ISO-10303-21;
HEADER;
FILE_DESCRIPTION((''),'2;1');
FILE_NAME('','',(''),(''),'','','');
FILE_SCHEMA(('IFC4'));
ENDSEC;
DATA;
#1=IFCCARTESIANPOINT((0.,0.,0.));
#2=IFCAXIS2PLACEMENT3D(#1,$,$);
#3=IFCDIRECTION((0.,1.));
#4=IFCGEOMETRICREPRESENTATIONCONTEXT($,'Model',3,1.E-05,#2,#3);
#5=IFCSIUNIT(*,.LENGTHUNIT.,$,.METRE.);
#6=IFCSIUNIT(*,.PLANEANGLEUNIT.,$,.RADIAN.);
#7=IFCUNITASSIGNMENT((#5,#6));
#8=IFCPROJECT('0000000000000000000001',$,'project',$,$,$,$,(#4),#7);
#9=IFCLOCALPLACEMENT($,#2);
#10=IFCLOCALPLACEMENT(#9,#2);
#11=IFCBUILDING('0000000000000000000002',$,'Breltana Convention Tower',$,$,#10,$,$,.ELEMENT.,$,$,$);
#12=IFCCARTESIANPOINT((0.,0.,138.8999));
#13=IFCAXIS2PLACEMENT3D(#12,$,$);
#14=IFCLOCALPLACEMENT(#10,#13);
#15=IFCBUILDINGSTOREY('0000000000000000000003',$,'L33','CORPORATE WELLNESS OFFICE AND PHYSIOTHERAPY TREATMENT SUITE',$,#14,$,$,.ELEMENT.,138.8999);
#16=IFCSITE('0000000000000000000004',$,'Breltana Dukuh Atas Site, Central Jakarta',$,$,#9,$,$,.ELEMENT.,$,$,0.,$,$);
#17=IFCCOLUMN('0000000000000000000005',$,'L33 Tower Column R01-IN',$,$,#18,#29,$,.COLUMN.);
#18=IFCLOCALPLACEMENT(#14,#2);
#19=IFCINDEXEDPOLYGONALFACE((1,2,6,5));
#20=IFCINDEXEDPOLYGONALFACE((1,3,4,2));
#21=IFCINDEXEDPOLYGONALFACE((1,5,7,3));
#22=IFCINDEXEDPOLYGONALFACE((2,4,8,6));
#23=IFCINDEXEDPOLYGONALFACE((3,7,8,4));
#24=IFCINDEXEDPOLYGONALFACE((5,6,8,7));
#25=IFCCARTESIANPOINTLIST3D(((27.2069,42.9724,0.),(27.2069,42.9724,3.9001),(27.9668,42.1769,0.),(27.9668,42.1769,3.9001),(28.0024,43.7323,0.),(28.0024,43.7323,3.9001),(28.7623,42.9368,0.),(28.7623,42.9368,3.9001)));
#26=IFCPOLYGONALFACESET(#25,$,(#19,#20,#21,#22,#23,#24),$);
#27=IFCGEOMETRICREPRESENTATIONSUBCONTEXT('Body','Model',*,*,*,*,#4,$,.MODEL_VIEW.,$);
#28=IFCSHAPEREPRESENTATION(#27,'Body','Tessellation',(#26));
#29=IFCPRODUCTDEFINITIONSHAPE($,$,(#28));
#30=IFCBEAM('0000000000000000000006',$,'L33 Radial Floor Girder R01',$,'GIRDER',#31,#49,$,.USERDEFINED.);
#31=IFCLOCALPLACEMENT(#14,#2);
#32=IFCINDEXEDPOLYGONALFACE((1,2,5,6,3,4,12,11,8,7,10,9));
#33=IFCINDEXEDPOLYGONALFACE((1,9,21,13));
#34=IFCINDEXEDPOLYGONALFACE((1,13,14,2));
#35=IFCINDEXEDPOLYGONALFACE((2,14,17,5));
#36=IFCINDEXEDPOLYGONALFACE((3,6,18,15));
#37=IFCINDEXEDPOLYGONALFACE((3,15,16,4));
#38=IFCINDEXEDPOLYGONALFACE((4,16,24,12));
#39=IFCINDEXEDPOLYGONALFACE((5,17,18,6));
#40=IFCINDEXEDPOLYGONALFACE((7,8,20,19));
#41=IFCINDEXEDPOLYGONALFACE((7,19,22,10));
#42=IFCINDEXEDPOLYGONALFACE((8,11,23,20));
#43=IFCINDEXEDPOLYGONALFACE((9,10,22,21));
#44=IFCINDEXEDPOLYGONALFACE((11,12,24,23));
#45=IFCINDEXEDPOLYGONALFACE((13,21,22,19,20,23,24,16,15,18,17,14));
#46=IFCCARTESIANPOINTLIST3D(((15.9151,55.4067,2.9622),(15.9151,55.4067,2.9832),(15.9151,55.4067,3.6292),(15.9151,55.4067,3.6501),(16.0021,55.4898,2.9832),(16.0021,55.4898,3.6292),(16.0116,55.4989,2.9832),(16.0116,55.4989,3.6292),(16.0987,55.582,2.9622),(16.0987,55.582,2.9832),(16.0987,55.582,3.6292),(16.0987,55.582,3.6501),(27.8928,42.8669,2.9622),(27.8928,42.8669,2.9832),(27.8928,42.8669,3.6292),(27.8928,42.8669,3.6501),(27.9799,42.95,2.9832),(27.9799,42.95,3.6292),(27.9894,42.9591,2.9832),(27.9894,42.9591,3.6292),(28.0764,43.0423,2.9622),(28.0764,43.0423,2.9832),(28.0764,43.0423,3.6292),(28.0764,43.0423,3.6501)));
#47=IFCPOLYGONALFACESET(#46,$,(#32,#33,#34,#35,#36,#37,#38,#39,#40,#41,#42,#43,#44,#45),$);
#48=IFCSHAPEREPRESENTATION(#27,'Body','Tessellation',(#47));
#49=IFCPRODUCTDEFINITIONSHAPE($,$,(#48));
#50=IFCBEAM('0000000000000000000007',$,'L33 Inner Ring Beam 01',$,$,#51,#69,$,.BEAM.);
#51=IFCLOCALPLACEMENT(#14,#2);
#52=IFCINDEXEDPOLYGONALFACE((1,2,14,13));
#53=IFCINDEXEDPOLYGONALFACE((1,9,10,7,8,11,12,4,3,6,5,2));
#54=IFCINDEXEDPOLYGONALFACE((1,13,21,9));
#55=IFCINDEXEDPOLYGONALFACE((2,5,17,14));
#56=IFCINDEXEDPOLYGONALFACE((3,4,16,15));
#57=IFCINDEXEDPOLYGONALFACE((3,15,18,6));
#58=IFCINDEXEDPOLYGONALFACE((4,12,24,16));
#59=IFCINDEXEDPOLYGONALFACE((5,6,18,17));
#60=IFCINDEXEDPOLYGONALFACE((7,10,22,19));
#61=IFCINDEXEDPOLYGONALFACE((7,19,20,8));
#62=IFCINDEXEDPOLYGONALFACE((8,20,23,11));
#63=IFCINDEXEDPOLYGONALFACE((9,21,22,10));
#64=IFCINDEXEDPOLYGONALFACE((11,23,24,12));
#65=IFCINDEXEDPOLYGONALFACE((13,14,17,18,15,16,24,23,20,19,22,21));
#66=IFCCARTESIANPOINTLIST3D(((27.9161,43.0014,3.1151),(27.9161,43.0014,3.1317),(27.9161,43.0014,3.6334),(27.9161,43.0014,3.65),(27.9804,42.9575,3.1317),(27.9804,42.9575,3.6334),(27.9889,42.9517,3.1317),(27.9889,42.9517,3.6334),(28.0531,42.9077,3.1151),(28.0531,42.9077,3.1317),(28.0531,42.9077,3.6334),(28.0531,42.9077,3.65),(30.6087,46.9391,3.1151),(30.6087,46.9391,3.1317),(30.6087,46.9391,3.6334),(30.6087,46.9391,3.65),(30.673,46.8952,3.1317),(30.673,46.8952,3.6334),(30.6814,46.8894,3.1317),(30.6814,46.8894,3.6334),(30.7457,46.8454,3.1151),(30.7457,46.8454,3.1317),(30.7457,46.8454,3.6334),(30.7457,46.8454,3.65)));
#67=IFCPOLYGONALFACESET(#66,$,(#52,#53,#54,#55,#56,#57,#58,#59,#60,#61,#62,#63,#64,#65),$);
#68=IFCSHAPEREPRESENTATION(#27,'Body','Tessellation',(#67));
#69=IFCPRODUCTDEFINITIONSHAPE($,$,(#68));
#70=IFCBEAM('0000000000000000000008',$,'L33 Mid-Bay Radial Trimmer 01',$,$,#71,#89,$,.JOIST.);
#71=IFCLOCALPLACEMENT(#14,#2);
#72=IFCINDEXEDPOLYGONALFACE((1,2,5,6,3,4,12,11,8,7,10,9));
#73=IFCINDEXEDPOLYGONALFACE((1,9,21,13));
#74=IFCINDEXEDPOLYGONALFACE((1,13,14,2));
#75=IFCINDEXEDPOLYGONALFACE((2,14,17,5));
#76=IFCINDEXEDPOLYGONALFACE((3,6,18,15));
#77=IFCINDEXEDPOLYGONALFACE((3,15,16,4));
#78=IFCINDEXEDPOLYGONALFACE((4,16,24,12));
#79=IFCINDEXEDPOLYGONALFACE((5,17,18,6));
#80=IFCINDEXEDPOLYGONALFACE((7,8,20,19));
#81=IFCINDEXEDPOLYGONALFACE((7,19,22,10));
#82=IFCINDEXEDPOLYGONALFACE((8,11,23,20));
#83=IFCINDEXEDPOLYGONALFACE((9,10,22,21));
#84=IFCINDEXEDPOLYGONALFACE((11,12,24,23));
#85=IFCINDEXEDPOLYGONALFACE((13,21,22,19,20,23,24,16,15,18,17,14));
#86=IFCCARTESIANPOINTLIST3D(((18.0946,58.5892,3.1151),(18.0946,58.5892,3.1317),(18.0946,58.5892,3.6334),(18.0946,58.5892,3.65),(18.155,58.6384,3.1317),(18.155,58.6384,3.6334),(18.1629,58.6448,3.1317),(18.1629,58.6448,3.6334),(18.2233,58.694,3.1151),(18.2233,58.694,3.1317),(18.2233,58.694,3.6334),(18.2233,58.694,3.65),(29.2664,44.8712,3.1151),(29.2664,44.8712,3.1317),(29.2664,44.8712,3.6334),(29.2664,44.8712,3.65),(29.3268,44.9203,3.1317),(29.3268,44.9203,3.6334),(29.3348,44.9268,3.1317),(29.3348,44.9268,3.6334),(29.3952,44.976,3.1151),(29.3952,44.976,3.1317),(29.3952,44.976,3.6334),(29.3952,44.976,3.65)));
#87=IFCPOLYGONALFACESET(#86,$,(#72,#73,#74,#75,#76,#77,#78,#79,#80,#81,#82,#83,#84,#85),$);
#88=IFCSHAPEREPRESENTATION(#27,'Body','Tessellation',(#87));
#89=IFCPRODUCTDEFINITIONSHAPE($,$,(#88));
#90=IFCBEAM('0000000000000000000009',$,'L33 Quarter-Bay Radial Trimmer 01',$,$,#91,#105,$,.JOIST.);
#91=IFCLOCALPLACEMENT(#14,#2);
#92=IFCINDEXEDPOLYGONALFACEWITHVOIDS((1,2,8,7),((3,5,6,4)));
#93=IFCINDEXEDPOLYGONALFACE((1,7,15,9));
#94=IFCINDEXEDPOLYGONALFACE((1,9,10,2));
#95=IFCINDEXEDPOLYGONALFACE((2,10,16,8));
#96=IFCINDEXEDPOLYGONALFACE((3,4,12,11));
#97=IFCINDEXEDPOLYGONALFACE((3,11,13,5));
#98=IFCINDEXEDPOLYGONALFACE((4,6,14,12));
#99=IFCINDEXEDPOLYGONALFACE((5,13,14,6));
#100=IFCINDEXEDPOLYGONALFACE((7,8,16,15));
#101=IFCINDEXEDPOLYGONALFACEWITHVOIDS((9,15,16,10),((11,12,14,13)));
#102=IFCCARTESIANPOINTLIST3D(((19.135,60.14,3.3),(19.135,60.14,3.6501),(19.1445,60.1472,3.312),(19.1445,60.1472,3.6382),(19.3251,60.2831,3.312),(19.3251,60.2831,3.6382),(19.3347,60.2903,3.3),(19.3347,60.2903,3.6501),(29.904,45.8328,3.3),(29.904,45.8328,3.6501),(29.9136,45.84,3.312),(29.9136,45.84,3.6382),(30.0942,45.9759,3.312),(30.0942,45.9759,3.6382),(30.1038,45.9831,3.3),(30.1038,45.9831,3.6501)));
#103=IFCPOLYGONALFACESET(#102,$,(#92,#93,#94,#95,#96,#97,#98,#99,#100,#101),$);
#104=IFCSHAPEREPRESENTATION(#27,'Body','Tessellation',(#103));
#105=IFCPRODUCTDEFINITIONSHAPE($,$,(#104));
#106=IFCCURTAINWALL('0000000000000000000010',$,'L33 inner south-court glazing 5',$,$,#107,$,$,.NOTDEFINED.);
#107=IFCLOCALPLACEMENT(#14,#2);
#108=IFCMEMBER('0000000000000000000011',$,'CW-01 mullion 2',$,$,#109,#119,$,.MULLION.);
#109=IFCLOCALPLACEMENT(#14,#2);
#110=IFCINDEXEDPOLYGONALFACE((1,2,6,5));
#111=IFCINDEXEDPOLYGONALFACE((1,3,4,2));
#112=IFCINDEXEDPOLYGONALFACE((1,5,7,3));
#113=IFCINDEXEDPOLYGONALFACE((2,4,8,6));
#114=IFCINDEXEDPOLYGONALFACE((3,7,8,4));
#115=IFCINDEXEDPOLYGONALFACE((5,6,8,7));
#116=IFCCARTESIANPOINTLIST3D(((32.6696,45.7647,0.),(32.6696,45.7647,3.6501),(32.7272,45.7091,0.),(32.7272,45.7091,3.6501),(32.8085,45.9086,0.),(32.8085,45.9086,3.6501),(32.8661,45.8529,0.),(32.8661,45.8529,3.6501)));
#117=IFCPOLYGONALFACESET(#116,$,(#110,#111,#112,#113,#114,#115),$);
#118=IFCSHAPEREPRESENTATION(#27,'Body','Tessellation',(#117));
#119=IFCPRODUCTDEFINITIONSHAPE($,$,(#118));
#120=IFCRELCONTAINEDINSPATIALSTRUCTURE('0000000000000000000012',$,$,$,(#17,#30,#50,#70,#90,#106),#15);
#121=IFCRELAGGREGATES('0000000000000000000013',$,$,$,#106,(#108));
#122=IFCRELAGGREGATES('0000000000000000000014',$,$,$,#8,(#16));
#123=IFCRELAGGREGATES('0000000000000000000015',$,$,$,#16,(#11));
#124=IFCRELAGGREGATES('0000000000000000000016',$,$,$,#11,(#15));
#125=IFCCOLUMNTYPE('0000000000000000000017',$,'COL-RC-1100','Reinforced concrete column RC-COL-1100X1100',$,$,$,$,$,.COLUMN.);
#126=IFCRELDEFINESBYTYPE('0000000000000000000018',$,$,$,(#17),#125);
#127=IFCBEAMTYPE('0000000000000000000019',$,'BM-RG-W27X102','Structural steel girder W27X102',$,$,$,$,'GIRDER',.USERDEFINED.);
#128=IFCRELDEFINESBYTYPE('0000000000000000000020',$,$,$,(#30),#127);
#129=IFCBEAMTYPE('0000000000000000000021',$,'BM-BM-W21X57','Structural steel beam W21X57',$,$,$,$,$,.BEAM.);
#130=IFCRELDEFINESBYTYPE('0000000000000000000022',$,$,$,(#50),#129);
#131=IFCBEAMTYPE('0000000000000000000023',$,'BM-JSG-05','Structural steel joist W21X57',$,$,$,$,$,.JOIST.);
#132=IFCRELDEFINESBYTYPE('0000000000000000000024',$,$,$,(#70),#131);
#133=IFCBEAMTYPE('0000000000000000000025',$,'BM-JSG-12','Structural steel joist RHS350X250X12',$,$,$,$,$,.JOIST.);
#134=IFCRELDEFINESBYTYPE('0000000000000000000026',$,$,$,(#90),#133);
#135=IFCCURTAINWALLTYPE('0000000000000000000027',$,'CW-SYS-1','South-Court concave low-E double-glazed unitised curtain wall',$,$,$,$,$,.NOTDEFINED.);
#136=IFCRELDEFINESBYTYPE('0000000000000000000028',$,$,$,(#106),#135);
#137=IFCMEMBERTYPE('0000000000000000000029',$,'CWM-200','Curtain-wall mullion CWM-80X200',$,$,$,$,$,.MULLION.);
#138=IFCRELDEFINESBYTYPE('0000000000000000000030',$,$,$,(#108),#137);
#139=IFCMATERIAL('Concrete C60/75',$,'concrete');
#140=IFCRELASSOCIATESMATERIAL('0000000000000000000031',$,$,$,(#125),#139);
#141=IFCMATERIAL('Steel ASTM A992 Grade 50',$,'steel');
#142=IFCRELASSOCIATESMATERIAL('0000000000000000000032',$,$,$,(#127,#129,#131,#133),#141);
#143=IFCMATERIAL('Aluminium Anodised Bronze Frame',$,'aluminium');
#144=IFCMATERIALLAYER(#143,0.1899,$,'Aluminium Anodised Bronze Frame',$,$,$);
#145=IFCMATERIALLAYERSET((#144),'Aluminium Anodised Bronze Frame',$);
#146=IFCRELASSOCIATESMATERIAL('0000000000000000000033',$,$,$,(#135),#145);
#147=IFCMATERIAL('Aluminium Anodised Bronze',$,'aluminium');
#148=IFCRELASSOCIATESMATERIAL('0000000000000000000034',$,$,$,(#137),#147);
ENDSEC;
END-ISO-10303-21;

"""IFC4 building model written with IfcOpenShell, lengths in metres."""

from ifc_helpers import new_model, si_unit, direction, frame, origin, origin_2d, place, context, subcontext, project, spatial, rectangle, hollow_rectangle, i_section, extrude, source, transform, mapped, material, layer, layer_set, material_profile, profile_set, type_object, type_shapes, element, aggregate, save


model = new_model("IFC4")

# Units and contexts
model_context = context("Model", 3, precision=1e-05, world=origin(), true_north=direction((0.0, 1.0)))
body_context = subcontext(model_context, "Body", "Model", "MODEL_VIEW")
ifc_project = project(units=[si_unit("LENGTHUNIT", "METRE"), si_unit("PLANEANGLEUNIT", "RADIAN")], contexts=[model_context])

# Site, building, storey
site_placement = place(None, origin())
site = spatial("IfcSite", under=ifc_project, at=site_placement, Name="Breltana Dukuh Atas Site, Central Jakarta", CompositionType="ELEMENT", RefElevation=0.0)
building_placement = place(site_placement, origin())
building = spatial("IfcBuilding", under=site, at=building_placement, Name="Breltana Convention Tower", CompositionType="ELEMENT")
storey_placement = place(building_placement, frame((0.0, 0.0, 138.8999)))
storey = spatial("IfcBuildingStorey", under=building, at=storey_placement, Name="L33", Description="CORPORATE WELLNESS OFFICE AND PHYSIOTHERAPY TREATMENT SUITE", CompositionType="ELEMENT", Elevation=138.8999)

# Column
ifc_material_1 = material(Name="Concrete C60/75", Category="concrete")
ifc_material_profile_1 = material_profile(ifc_material_1, rectangle(XDim=1.1001, YDim=1.1001, at=origin_2d()), Name="RC-COL-1100X1100")
ifc_profile_set_1 = profile_set([ifc_material_profile_1], Name="Concrete C60/75")
column_type = type_object("IfcColumnType", Name="COL-RC-1100", Description="Reinforced concrete column RC-COL-1100X1100", PredefinedType="COLUMN", material=ifc_profile_set_1)
shared_shape_1 = source(origin(), body_context, "Body", "SweptSolid", [
    extrude(rectangle(XDim=1.1001, YDim=1.1001, at=origin_2d()), origin(), (0.0, 0.0, 1.0), 3.9001),
])
column_placement = place(storey_placement, frame((27.9846, 42.9546, 0.0), z_axis=(0.0, 0.0, 1.0), x_axis=(-0.690756, 0.723088, 0.0)))
element("IfcColumn", 1, at=column_placement, inside=storey, type_object=column_type, Name="L33 Tower Column R01-IN", PredefinedType="COLUMN", context=body_context, shape_type="MappedRepresentation", body=[
    mapped(shared_shape_1, transform((0.0, 0.0, 0.0), scale=1.0)),
])

# Beams
ifc_material_2 = material(Name="Steel ASTM A992 Grade 50", Category="steel")
ifc_material_profile_2 = material_profile(ifc_material_2, i_section(OverallWidth=0.2539, OverallDepth=0.688, WebThickness=0.0132, FlangeThickness=0.021, at=origin_2d()), Name="W27X102")
ifc_profile_set_2 = profile_set([ifc_material_profile_2], Name="Steel ASTM A992 Grade 50")
beam_type_1 = type_object("IfcBeamType", Name="BM-RG-W27X102", Description="Structural steel girder W27X102", ElementType="GIRDER", PredefinedType="USERDEFINED", material=ifc_profile_set_2)
shared_shape_2 = source(origin(), body_context, "Body", "SweptSolid", [
    extrude(i_section(OverallWidth=0.2539, OverallDepth=0.688, WebThickness=0.0132, FlangeThickness=0.021, at=origin_2d()), origin(), (0.0, 0.0, 1.0), 17.3411),
])
type_shapes(beam_type_1, [shared_shape_2])
beam_1_placement = place(storey_placement, frame((27.9846, 42.9546, 3.3062), z_axis=(-0.690716, 0.723126, 0.0), x_axis=(-0.723126, -0.690716, 0.0)))
element("IfcBeam", 2, at=beam_1_placement, inside=storey, type_object=beam_type_1, Name="L33 Radial Floor Girder R01", ObjectType="GIRDER", PredefinedType="USERDEFINED", context=body_context, shape_type="MappedRepresentation", body=[
    mapped(shared_shape_2, transform((0.0, 0.0, 0.0), scale=1.0)),
])
ifc_material_profile_3 = material_profile(ifc_material_2, i_section(OverallWidth=0.166, OverallDepth=0.5349, WebThickness=0.0103, FlangeThickness=0.0166, at=origin_2d()), Name="W21X57")
ifc_profile_set_3 = profile_set([ifc_material_profile_3], Name="Steel ASTM A992 Grade 50")
beam_type_2 = type_object("IfcBeamType", Name="BM-BM-W21X57", Description="Structural steel beam W21X57", PredefinedType="BEAM", material=ifc_profile_set_3)
shared_shape_3 = source(origin(), body_context, "Body", "SweptSolid", [
    extrude(i_section(OverallWidth=0.166, OverallDepth=0.5349, WebThickness=0.0103, FlangeThickness=0.0166, at=origin_2d()), origin(), (0.0, 0.0, 1.0), 4.7703),
])
beam_2_placement = place(storey_placement, frame((27.9846, 42.9546, 3.3826), z_axis=(0.564453, 0.825465, 0.0), x_axis=(-0.825465, 0.564453, 0.0)))
element("IfcBeam", 3, at=beam_2_placement, inside=storey, type_object=beam_type_2, Name="L33 Inner Ring Beam 01", PredefinedType="BEAM", context=body_context, shape_type="MappedRepresentation", body=[
    mapped(shared_shape_3, transform((0.0, 0.0, 0.0), scale=1.0)),
])
ifc_material_profile_4 = material_profile(ifc_material_2, i_section(OverallWidth=0.166, OverallDepth=0.5349, WebThickness=0.0103, FlangeThickness=0.0166, at=origin_2d()), Name="W21X57")
ifc_profile_set_4 = profile_set([ifc_material_profile_4], Name="Steel ASTM A992 Grade 50")
beam_type_3 = type_object("IfcBeamType", Name="BM-JSG-05", Description="Structural steel joist W21X57", PredefinedType="JOIST", material=ifc_profile_set_4)
shared_shape_4 = source(origin(), body_context, "Body", "SweptSolid", [
    extrude(i_section(OverallWidth=0.166, OverallDepth=0.5349, WebThickness=0.0103, FlangeThickness=0.0166, at=origin_2d()), origin(), (0.0, 0.0, 1.0), 17.6917),
])
beam_3_placement = place(storey_placement, frame((29.3308, 44.9236, 3.3826), z_axis=(-0.631477, 0.775395, 0.0), x_axis=(-0.775395, -0.631477, 0.0)))
element("IfcBeam", 4, at=beam_3_placement, inside=storey, type_object=beam_type_3, Name="L33 Mid-Bay Radial Trimmer 01", PredefinedType="JOIST", context=body_context, shape_type="MappedRepresentation", body=[
    mapped(shared_shape_4, transform((0.0, 0.0, 0.0), scale=1.0)),
])
ifc_material_profile_5 = material_profile(ifc_material_2, hollow_rectangle(XDim=0.25, YDim=0.3501, WallThickness=0.012, at=origin_2d()), Name="RHS350X250X12")
ifc_profile_set_5 = profile_set([ifc_material_profile_5], Name="Steel ASTM A992 Grade 50")
beam_type_4 = type_object("IfcBeamType", Name="BM-JSG-12", Description="Structural steel joist RHS350X250X12", PredefinedType="JOIST", material=ifc_profile_set_5)
shared_shape_5 = source(origin(), body_context, "Body", "SweptSolid", [
    extrude(hollow_rectangle(XDim=0.25, YDim=0.3501, WallThickness=0.012, at=origin_2d()), origin(), (0.0, 0.0, 1.0), 17.9072),
])
beam_4_placement = place(storey_placement, frame((30.0039, 45.908, 3.4751), z_axis=(-0.601382, 0.798962, 0.0), x_axis=(-0.798962, -0.601382, 0.0)))
element("IfcBeam", 5, at=beam_4_placement, inside=storey, type_object=beam_type_4, Name="L33 Quarter-Bay Radial Trimmer 01", PredefinedType="JOIST", context=body_context, shape_type="MappedRepresentation", body=[
    mapped(shared_shape_5, transform((0.0, 0.0, 0.0), scale=1.0)),
])

# Curtain wall, member
ifc_material_3 = material(Name="Aluminium Anodised Bronze Frame", Category="aluminium")
ifc_layer_1 = layer(ifc_material_3, 0.1899, Name="Aluminium Anodised Bronze Frame")
ifc_layer_set_1 = layer_set([ifc_layer_1], Name="Aluminium Anodised Bronze Frame")
curtain_wall_type = type_object("IfcCurtainWallType", Name="CW-SYS-1", Description="South-Court concave low-E double-glazed unitised curtain wall", PredefinedType="NOTDEFINED", material=ifc_layer_set_1)
curtain_wall_placement = place(storey_placement, origin())
curtain_wall = element("IfcCurtainWall", 6, at=curtain_wall_placement, inside=storey, type_object=curtain_wall_type, Name="L33 inner south-court glazing 5", PredefinedType="NOTDEFINED")
ifc_material_4 = material(Name="Aluminium Anodised Bronze", Category="aluminium")
ifc_material_profile_6 = material_profile(ifc_material_4, rectangle(XDim=0.0801, YDim=0.2, at=origin_2d()), Name="CWM-80X200")
ifc_profile_set_6 = profile_set([ifc_material_profile_6], Name="Aluminium Anodised Bronze")
member_type = type_object("IfcMemberType", Name="CWM-200", Description="Curtain-wall mullion CWM-80X200", PredefinedType="MULLION", material=ifc_profile_set_6)
shared_shape_6 = source(origin(), body_context, "Body", "SweptSolid", [
    extrude(rectangle(XDim=0.0801, YDim=0.2, at=origin_2d()), origin(), (0.0, 0.0, 1.0), 3.6501),
])
member_placement = place(storey_placement, frame((32.7678, 45.8088, 0.0), z_axis=(0.0, 0.0, 1.0), x_axis=(0.719387, -0.694609, 0.0)))
member = element("IfcMember", 7, at=member_placement, type_object=member_type, Name="CW-01 mullion 2", PredefinedType="MULLION", context=body_context, shape_type="MappedRepresentation", body=[
    mapped(shared_shape_6, transform((0.0, 0.0, 0.0), scale=1.0)),
])
aggregate(curtain_wall, [member])

save(model, "model.ifc")
